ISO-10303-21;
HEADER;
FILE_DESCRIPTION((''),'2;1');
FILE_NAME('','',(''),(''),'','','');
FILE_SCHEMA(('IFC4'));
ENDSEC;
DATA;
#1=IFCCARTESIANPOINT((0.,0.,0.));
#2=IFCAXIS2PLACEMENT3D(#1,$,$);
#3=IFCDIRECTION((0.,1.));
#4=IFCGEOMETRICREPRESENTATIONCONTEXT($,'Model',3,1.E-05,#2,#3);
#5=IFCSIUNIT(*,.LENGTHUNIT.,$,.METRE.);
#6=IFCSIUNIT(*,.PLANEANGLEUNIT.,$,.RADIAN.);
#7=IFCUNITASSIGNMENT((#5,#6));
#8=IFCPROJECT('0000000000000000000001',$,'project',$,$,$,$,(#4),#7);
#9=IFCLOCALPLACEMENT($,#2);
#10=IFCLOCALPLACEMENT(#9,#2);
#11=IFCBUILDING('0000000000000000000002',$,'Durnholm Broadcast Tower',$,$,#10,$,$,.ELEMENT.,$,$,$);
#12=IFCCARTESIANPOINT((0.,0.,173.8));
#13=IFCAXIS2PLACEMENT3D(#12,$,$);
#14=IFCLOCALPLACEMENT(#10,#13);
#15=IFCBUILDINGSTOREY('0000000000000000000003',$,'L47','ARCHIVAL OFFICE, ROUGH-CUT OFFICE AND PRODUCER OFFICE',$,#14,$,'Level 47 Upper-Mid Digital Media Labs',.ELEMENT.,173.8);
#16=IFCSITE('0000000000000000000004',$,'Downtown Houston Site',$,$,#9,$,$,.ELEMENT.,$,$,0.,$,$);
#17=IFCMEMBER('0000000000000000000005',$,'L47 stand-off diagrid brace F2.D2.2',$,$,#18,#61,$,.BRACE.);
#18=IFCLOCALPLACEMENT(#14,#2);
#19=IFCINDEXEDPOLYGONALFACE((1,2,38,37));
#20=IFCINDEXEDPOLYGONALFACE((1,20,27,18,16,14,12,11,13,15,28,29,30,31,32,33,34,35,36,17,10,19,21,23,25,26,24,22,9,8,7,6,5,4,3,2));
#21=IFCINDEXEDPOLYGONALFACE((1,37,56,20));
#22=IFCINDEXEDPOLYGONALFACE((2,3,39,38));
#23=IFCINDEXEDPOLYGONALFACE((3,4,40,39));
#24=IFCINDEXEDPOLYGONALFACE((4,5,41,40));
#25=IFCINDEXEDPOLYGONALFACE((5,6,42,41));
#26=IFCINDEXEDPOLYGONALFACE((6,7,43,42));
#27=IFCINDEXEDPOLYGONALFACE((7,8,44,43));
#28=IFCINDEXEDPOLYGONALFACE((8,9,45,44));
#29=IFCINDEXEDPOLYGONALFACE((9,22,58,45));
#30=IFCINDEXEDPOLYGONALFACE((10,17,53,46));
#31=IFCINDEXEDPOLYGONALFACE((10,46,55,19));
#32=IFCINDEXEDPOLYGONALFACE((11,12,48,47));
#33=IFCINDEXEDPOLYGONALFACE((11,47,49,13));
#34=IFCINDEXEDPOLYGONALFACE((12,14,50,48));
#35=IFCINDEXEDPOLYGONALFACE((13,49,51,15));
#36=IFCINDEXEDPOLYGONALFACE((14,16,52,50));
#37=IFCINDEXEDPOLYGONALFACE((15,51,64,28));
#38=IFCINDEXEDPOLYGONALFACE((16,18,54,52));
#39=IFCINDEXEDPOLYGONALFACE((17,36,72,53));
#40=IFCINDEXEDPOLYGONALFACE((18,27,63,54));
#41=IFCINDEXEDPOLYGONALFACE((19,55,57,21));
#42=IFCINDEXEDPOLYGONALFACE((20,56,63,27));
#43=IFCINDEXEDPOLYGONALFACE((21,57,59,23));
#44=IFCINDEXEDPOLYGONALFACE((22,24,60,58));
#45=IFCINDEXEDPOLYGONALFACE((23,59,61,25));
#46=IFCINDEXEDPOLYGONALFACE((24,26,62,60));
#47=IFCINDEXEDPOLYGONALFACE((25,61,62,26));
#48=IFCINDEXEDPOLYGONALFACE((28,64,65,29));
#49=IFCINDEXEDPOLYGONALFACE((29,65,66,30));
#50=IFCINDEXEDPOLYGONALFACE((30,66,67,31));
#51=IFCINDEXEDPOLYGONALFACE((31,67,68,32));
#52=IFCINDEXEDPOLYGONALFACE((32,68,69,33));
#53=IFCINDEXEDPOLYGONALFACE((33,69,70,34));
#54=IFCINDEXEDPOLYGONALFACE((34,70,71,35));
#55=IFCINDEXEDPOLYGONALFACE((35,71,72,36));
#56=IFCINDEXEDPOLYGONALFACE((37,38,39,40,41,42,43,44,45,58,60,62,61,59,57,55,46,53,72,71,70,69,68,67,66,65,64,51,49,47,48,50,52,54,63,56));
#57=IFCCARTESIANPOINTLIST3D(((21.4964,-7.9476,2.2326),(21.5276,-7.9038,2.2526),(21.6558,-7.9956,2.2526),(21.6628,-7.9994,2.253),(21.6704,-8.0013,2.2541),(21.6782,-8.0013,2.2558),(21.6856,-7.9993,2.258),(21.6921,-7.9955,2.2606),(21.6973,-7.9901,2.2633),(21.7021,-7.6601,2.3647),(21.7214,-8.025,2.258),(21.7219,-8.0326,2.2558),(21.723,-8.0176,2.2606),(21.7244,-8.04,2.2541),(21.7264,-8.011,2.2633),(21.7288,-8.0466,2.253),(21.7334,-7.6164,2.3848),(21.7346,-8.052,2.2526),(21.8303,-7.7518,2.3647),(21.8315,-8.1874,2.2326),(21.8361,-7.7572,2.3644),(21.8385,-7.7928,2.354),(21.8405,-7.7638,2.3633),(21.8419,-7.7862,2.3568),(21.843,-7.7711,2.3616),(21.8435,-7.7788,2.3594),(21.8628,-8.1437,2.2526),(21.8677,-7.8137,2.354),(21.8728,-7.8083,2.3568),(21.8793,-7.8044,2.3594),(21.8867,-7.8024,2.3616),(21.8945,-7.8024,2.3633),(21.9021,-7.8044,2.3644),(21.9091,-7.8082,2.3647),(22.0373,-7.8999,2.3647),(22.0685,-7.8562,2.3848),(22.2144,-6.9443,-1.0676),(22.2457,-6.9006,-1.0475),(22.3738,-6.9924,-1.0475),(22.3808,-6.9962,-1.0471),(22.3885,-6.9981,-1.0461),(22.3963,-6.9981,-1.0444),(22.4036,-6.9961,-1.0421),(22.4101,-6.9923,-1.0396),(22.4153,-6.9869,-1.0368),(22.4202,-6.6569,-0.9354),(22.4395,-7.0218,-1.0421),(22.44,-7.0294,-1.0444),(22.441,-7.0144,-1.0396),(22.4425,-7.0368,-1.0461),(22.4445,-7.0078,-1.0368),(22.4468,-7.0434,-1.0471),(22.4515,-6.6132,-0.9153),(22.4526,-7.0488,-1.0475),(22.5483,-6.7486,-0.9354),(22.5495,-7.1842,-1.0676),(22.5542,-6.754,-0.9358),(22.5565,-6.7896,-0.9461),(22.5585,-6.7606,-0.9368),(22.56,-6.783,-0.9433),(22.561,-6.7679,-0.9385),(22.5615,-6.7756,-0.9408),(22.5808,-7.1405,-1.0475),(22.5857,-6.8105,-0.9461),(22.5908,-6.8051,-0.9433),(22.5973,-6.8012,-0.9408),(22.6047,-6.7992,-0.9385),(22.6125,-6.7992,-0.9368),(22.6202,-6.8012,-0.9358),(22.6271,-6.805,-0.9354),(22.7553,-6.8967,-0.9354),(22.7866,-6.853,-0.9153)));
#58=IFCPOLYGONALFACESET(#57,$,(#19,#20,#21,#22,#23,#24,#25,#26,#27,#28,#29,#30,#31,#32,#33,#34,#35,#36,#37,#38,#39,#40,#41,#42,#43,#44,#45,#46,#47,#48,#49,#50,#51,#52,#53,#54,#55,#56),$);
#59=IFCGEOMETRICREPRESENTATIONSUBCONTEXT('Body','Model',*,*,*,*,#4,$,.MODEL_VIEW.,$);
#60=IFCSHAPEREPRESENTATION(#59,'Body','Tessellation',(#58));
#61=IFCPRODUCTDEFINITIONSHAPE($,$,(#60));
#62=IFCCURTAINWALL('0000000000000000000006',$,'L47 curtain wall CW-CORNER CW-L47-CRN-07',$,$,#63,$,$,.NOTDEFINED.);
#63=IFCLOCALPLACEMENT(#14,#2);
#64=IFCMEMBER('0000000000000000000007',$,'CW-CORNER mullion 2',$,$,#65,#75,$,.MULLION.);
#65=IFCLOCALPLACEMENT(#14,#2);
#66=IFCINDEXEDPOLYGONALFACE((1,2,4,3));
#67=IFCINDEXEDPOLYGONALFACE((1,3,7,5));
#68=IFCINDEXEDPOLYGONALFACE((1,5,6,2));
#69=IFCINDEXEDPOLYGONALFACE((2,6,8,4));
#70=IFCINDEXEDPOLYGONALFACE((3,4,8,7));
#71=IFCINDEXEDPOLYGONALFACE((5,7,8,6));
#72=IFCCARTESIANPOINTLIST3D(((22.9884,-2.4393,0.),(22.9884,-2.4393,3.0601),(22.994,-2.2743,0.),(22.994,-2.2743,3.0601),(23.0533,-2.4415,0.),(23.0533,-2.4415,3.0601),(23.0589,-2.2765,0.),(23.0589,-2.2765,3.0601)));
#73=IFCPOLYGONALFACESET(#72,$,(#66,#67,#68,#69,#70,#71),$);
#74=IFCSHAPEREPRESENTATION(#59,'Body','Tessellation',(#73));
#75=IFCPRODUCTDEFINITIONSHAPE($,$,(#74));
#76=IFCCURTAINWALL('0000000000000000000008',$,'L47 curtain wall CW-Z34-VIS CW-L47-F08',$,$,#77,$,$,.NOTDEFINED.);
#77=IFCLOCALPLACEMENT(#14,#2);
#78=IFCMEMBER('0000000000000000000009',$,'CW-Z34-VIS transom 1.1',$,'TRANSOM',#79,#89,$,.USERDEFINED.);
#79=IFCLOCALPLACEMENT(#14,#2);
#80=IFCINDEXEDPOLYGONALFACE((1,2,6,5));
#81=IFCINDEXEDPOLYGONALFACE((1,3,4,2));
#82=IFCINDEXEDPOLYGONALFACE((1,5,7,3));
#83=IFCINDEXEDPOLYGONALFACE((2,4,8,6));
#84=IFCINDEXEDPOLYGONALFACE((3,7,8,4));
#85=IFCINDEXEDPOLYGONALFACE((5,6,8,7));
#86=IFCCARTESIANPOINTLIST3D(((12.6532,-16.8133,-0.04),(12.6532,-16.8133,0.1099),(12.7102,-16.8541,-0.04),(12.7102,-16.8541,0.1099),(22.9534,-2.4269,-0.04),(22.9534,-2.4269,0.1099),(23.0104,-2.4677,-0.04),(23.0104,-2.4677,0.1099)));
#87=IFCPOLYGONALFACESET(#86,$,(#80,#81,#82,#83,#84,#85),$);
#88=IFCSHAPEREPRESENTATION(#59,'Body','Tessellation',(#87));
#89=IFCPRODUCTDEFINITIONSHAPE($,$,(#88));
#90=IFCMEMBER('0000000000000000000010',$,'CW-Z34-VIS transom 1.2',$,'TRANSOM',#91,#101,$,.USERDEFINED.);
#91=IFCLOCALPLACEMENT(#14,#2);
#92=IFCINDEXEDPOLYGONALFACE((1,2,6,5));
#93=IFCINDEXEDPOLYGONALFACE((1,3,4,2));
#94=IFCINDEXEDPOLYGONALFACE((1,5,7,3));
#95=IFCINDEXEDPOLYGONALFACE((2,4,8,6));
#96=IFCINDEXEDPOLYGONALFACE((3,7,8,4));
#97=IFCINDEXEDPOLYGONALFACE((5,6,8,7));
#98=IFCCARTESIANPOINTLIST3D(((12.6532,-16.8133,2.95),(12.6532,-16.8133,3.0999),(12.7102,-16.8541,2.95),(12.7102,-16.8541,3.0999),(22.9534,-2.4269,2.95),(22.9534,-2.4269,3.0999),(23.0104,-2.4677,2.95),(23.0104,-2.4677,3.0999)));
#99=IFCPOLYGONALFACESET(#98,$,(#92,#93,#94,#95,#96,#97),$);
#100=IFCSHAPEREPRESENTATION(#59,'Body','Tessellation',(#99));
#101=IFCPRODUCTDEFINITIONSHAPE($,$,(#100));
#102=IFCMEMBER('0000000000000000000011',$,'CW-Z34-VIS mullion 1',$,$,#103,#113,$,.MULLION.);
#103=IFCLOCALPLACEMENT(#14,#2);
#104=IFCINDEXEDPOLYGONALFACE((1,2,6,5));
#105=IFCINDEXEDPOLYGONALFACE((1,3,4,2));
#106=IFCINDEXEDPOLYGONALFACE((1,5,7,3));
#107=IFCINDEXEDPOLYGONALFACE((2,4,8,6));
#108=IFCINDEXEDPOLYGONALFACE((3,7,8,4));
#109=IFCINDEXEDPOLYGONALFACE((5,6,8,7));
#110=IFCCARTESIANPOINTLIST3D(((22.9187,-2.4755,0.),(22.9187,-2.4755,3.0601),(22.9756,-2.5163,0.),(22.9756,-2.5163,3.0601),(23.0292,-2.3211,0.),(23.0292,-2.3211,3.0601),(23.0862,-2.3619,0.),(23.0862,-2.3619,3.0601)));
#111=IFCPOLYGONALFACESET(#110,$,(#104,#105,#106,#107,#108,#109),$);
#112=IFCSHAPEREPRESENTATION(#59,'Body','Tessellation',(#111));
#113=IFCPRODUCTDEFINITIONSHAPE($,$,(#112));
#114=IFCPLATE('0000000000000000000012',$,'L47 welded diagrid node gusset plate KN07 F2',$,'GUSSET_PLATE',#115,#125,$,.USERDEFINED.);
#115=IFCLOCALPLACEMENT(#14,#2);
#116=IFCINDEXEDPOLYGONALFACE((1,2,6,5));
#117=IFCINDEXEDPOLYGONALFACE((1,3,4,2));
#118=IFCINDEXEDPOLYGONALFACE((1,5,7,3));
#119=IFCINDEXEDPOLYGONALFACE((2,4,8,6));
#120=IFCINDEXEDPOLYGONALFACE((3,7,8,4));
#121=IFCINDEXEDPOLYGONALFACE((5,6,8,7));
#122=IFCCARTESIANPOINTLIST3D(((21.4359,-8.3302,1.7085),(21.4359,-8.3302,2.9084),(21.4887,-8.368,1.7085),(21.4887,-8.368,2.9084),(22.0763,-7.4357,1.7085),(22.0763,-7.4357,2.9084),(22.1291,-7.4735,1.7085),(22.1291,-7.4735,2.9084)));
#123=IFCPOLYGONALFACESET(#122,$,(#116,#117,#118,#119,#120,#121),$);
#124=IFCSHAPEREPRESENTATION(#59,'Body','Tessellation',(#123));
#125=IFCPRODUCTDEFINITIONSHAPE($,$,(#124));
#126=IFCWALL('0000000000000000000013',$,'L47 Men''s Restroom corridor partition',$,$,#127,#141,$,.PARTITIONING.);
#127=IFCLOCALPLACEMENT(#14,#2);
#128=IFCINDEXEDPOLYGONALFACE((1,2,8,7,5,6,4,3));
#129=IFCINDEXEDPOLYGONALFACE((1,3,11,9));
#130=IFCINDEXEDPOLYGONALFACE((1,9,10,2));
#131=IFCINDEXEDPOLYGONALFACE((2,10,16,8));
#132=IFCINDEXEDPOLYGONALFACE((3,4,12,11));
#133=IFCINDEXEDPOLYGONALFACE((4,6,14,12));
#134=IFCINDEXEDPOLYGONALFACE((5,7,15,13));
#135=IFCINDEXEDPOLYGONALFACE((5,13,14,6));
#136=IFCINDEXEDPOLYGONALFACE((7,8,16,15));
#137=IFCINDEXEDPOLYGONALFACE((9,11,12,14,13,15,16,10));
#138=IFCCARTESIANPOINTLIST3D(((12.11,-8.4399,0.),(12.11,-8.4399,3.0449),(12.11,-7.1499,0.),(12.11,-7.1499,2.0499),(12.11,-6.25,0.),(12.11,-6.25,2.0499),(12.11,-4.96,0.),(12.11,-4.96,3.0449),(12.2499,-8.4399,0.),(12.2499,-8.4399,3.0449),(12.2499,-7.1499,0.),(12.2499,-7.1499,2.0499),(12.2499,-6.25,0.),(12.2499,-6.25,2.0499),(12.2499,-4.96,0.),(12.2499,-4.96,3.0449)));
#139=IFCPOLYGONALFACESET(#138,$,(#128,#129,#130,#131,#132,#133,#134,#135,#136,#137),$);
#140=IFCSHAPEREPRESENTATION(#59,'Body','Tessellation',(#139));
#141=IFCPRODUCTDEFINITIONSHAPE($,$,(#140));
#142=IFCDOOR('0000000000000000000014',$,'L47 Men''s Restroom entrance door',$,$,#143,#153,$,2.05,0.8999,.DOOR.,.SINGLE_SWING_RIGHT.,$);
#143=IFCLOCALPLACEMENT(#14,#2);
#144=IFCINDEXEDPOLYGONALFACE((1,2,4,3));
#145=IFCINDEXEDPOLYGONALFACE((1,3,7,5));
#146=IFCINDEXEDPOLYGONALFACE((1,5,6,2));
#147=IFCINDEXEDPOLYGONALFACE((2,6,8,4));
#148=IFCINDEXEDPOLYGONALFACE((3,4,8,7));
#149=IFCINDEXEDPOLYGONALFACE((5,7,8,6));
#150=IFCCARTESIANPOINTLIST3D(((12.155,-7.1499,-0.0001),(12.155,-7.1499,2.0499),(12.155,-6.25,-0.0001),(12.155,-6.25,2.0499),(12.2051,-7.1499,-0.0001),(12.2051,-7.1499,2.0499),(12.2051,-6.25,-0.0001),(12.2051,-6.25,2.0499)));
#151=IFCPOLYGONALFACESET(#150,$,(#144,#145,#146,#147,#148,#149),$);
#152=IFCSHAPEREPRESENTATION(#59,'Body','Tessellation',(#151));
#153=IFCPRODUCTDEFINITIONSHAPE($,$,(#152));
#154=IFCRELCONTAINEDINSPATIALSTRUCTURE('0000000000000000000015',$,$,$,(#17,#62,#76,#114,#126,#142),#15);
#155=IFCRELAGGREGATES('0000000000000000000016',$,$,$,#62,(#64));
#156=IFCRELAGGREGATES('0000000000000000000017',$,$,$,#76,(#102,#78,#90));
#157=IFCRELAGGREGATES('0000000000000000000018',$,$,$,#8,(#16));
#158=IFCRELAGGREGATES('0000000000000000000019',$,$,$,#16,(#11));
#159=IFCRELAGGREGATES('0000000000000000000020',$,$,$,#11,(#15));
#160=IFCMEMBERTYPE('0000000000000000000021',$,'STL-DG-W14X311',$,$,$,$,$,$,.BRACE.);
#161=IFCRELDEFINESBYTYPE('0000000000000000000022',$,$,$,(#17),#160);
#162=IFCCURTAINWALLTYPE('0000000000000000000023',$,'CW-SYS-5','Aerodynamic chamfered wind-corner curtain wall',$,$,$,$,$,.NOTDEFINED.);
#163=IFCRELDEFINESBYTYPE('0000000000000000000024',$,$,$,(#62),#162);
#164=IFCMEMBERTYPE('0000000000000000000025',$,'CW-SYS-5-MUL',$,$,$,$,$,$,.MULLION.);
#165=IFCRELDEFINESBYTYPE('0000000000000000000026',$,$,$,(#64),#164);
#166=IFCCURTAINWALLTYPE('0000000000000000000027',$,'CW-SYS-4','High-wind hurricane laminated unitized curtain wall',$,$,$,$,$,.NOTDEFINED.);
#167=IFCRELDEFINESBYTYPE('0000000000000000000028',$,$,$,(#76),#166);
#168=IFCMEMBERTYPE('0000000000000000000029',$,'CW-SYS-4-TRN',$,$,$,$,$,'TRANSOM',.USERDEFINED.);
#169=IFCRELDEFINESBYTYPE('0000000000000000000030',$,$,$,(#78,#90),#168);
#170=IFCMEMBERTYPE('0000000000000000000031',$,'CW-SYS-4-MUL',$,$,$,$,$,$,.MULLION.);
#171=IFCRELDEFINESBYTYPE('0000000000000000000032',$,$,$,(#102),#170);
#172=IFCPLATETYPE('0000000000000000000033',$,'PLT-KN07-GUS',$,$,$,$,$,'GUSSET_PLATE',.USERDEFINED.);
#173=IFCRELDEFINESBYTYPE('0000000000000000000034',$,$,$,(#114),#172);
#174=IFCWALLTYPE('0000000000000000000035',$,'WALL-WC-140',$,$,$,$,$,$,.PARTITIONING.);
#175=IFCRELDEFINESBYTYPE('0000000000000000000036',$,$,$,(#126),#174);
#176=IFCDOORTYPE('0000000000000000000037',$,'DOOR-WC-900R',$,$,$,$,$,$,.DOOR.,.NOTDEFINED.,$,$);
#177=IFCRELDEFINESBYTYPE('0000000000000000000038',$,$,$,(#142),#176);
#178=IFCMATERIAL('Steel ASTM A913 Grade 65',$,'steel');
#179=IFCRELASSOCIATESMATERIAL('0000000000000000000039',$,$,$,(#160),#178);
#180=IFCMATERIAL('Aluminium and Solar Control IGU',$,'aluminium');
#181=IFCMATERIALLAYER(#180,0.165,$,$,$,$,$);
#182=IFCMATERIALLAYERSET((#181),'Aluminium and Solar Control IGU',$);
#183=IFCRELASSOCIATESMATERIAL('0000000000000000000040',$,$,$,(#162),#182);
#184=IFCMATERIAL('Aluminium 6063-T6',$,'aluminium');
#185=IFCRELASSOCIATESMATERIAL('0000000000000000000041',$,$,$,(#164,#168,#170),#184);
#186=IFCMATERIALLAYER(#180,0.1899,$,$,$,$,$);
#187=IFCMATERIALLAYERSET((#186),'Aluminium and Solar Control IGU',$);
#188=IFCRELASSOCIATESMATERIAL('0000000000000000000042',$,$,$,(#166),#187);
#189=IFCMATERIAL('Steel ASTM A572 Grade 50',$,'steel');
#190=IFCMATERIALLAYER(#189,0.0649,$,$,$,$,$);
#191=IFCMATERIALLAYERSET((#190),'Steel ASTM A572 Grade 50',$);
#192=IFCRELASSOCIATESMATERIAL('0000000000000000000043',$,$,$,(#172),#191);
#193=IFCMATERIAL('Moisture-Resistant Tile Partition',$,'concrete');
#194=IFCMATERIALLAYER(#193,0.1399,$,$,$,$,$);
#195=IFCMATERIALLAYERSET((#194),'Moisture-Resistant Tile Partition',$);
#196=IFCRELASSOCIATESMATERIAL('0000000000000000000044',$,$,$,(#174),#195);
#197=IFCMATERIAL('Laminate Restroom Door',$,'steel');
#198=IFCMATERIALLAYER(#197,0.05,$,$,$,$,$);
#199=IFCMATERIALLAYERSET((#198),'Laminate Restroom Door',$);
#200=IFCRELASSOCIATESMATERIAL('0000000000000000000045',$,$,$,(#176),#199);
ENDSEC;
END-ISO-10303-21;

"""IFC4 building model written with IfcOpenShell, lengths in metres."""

from ifc_helpers import new_model, si_unit, direction, frame, frame_2d, origin, origin_2d, place, context, subcontext, project, spatial, rectangle, i_section, extrude, source, transform, mapped, material, layer, layer_set, material_profile, profile_set, type_object, type_shapes, element, fill, aggregate, save


model = new_model("IFC4")

# Units and contexts
model_context = context("Model", 3, precision=1e-05, world=origin(), true_north=direction((0.0, 1.0)))
body_context = subcontext(model_context, "Body", "Model", "MODEL_VIEW")
ifc_project = project(units=[si_unit("LENGTHUNIT", "METRE"), si_unit("PLANEANGLEUNIT", "RADIAN")], contexts=[model_context])

# Site, building, storey
site_placement = place(None, origin())
site = spatial("IfcSite", under=ifc_project, at=site_placement, Name="Downtown Houston Site", CompositionType="ELEMENT", RefElevation=0.0)
building_placement = place(site_placement, origin())
building = spatial("IfcBuilding", under=site, at=building_placement, Name="Durnholm Broadcast Tower", CompositionType="ELEMENT")
storey_placement = place(building_placement, frame((0.0, 0.0, 173.8)))
storey = spatial("IfcBuildingStorey", under=building, at=storey_placement, Name="L47", Description="ARCHIVAL OFFICE, ROUGH-CUT OFFICE AND PRODUCER OFFICE", LongName="Level 47 Upper-Mid Digital Media Labs", CompositionType="ELEMENT", Elevation=173.8)

# Member
ifc_material_1 = material(Name="Steel ASTM A913 Grade 65", Category="steel")
ifc_material_profile_1 = material_profile(ifc_material_1, i_section(OverallWidth=0.4121, OverallDepth=0.4348, WebThickness=0.0359, FlangeThickness=0.0574, FilletRadius=0.0305, at=origin_2d()), Name="W14X311")
ifc_profile_set_1 = profile_set([ifc_material_profile_1], Name="Steel ASTM A913 Grade 65")
member_type_1 = type_object("IfcMemberType", Name="STL-DG-W14X311", PredefinedType="BRACE", material=ifc_profile_set_1)
shared_shape_1 = source(origin(), body_context, "Body", "SweptSolid", [
    extrude(i_section(OverallWidth=0.4121, OverallDepth=0.4348, WebThickness=0.0359, FlangeThickness=0.0574, FilletRadius=0.0305, at=origin_2d()), origin(), (0.0, 0.0, 1.0), 3.5232),
])
type_shapes(member_type_1, [shared_shape_1])
for number, where, z_axis, x_axis, name in (
    (1, (22.5005, -6.8987, -0.9915), (-0.203803, -0.284742, 0.936689), (0.813171, -0.582024, 0.0), "L47 stand-off diagrid brace F2.D2.2"),
):
    element("IfcMember", number, at=place(storey_placement, frame(where, z_axis=z_axis, x_axis=x_axis)), inside=storey, type_object=member_type_1, Name=name, PredefinedType="BRACE", context=body_context, shape_type="MappedRepresentation", body=[
        mapped(shared_shape_1, transform((0.0, 0.0, 0.0), x_axis=(1.0, 0.0, 0.0), y_axis=(0.0, 1.0, 0.0), z_axis=(0.0, 0.0, 1.0), scale=1.0)),
    ])

# Curtain wall, member
ifc_material_2 = material(Name="Aluminium and Solar Control IGU", Category="aluminium")
ifc_layer_1 = layer(ifc_material_2, 0.165)
ifc_layer_set_1 = layer_set([ifc_layer_1], Name="Aluminium and Solar Control IGU")
curtain_wall_type_1 = type_object("IfcCurtainWallType", Name="CW-SYS-5", Description="Aerodynamic chamfered wind-corner curtain wall", PredefinedType="NOTDEFINED", material=ifc_layer_set_1)
curtain_wall_1_placement = place(storey_placement, origin())
curtain_wall_1 = element("IfcCurtainWall", 2, at=curtain_wall_1_placement, inside=storey, type_object=curtain_wall_type_1, Name="L47 curtain wall CW-CORNER CW-L47-CRN-07", PredefinedType="NOTDEFINED")
ifc_material_3 = material(Name="Aluminium 6063-T6", Category="aluminium")
ifc_material_profile_2 = material_profile(ifc_material_3, rectangle(XDim=0.0649, YDim=0.165, at=origin_2d()), Name="CWM65X165")
ifc_profile_set_2 = profile_set([ifc_material_profile_2], Name="Aluminium 6063-T6")
member_type_2 = type_object("IfcMemberType", Name="CW-SYS-5-MUL", PredefinedType="MULLION", material=ifc_profile_set_2)
shared_shape_2 = source(origin(), body_context, "Body", "SweptSolid", [
    extrude(rectangle(XDim=0.0649, YDim=0.165, at=origin_2d()), origin(), (0.0, 0.0, 1.0), 3.0601),
])
type_shapes(member_type_2, [shared_shape_2])
member_1_placement = place(storey_placement, frame((23.0237, -2.3579, 0.0), z_axis=(0.0, 0.0, 1.0), x_axis=(0.999425, -0.033913, 0.0)))
member_1 = element("IfcMember", 3, at=member_1_placement, type_object=member_type_2, Name="CW-CORNER mullion 2", PredefinedType="MULLION", context=body_context, shape_type="MappedRepresentation", body=[
    mapped(shared_shape_2, transform((0.0, 0.0, 0.0), x_axis=(1.0, 0.0, 0.0), y_axis=(0.0, 1.0, 0.0), z_axis=(0.0, 0.0, 1.0), scale=1.0)),
])
aggregate(curtain_wall_1, [member_1])

# Curtain wall, members
ifc_layer_2 = layer(ifc_material_2, 0.1899)
ifc_layer_set_2 = layer_set([ifc_layer_2], Name="Aluminium and Solar Control IGU")
curtain_wall_type_2 = type_object("IfcCurtainWallType", Name="CW-SYS-4", Description="High-wind hurricane laminated unitized curtain wall", PredefinedType="NOTDEFINED", material=ifc_layer_set_2)
curtain_wall_2_placement = place(storey_placement, origin())
curtain_wall_2 = element("IfcCurtainWall", 4, at=curtain_wall_2_placement, inside=storey, type_object=curtain_wall_type_2, Name="L47 curtain wall CW-Z34-VIS CW-L47-F08", PredefinedType="NOTDEFINED")
ifc_material_profile_3 = material_profile(ifc_material_3, rectangle(XDim=0.0701, YDim=0.1499, at=origin_2d()), Name="CWT70X150")
ifc_profile_set_3 = profile_set([ifc_material_profile_3], Name="Aluminium 6063-T6")
member_type_3 = type_object("IfcMemberType", Name="CW-SYS-4-TRN", ElementType="TRANSOM", PredefinedType="USERDEFINED", material=ifc_profile_set_3)
shared_shape_3 = source(origin(), body_context, "Body", "SweptSolid", [
    extrude(rectangle(XDim=0.0701, YDim=0.1499, at=origin_2d()), origin(), (0.0, 0.0, 1.0), 17.6936),
])
type_shapes(member_type_3, [shared_shape_3])
member_2_placement = place(storey_placement, frame((22.9819, -2.4473, 0.0349), z_axis=(-0.582145, -0.813085, 0.0), x_axis=(0.813085, -0.582145, 0.0)))
member_2 = element("IfcMember", 5, at=member_2_placement, type_object=member_type_3, Name="CW-Z34-VIS transom 1.1", ObjectType="TRANSOM", PredefinedType="USERDEFINED", context=body_context, shape_type="MappedRepresentation", body=[
    mapped(shared_shape_3, transform((0.0, 0.0, 0.0), x_axis=(1.0, 0.0, 0.0), y_axis=(0.0, 1.0, 0.0), z_axis=(0.0, 0.0, 1.0), scale=1.0)),
])
member_3_placement = place(storey_placement, frame((22.9819, -2.4473, 3.0249), z_axis=(-0.582145, -0.813085, 0.0), x_axis=(0.813085, -0.582145, 0.0)))
member_3 = element("IfcMember", 6, at=member_3_placement, type_object=member_type_3, Name="CW-Z34-VIS transom 1.2", ObjectType="TRANSOM", PredefinedType="USERDEFINED", context=body_context, shape_type="MappedRepresentation", body=[
    mapped(shared_shape_3, transform((0.0, 0.0, 0.0), x_axis=(1.0, 0.0, 0.0), y_axis=(0.0, 1.0, 0.0), z_axis=(0.0, 0.0, 1.0), scale=1.0)),
])
ifc_material_profile_4 = material_profile(ifc_material_3, rectangle(XDim=0.0701, YDim=0.1899, at=origin_2d()), Name="CWM70X190")
ifc_profile_set_4 = profile_set([ifc_material_profile_4], Name="Aluminium 6063-T6")
member_type_4 = type_object("IfcMemberType", Name="CW-SYS-4-MUL", PredefinedType="MULLION", material=ifc_profile_set_4)
shared_shape_4 = source(origin(), body_context, "Body", "SweptSolid", [
    extrude(rectangle(XDim=0.0701, YDim=0.1899, at=origin_2d()), origin(), (0.0, 0.0, 1.0), 3.0601),
])
type_shapes(member_type_4, [shared_shape_4])
member_4_placement = place(storey_placement, frame((23.0024, -2.4187, 0.0), z_axis=(0.0, 0.0, 1.0), x_axis=(0.813089, -0.582139, 0.0)))
member_4 = element("IfcMember", 7, at=member_4_placement, type_object=member_type_4, Name="CW-Z34-VIS mullion 1", PredefinedType="MULLION", context=body_context, shape_type="MappedRepresentation", body=[
    mapped(shared_shape_4, transform((0.0, 0.0, 0.0), x_axis=(1.0, 0.0, 0.0), y_axis=(0.0, 1.0, 0.0), z_axis=(0.0, 0.0, 1.0), scale=1.0)),
])
aggregate(curtain_wall_2, [member_4, member_2, member_3])

# Plate
ifc_material_4 = material(Name="Steel ASTM A572 Grade 50", Category="steel")
ifc_layer_3 = layer(ifc_material_4, 0.0649)
ifc_layer_set_3 = layer_set([ifc_layer_3], Name="Steel ASTM A572 Grade 50")
plate_type = type_object("IfcPlateType", Name="PLT-KN07-GUS", ElementType="GUSSET_PLATE", PredefinedType="USERDEFINED", material=ifc_layer_set_3)
shared_shape_5 = source(origin(), body_context, "Body", "SweptSolid", [
    extrude(rectangle(XDim=1.1001, YDim=0.0649, at=origin_2d()), origin(), (0.0, 0.0, 1.0), 1.2),
])
type_shapes(plate_type, [shared_shape_5])
plate_placement = place(storey_placement, frame((21.7825, -7.9019, 1.7085), z_axis=(0.0, 0.0, 1.0), x_axis=(0.582123, 0.813101, 0.0)))
element("IfcPlate", 8, at=plate_placement, inside=storey, type_object=plate_type, Name="L47 welded diagrid node gusset plate KN07 F2", ObjectType="GUSSET_PLATE", PredefinedType="USERDEFINED", context=body_context, shape_type="MappedRepresentation", body=[
    mapped(shared_shape_5, transform((0.0, 0.0, 0.0), x_axis=(1.0, 0.0, 0.0), y_axis=(0.0, 1.0, 0.0), z_axis=(0.0, 0.0, 1.0), scale=1.0)),
])

# Wall, opening, door
ifc_material_5 = material(Name="Moisture-Resistant Tile Partition", Category="concrete")
ifc_layer_4 = layer(ifc_material_5, 0.1399)
ifc_layer_set_4 = layer_set([ifc_layer_4], Name="Moisture-Resistant Tile Partition")
wall_type = type_object("IfcWallType", Name="WALL-WC-140", PredefinedType="PARTITIONING", material=ifc_layer_set_4)
wall_1_placement = place(storey_placement, frame((12.1799, -8.4399, 0.0), z_axis=(0.0, 0.0, 1.0), x_axis=(0.0, 1.0, 0.0)))
wall_1 = element("IfcWall", 9, at=wall_1_placement, inside=storey, type_object=wall_type, Name="L47 Men's Restroom corridor partition", PredefinedType="PARTITIONING", context=body_context, shape_type="SweptSolid", body=[
    extrude(rectangle(XDim=3.48, YDim=0.1399, at=frame_2d((1.74, 0.0))), origin(), (0.0, 0.0, 1.0), 3.0449),
])
opening_1_placement = place(wall_1_placement, frame((1.29, 0.0, 0.0)))
opening_1 = element("IfcOpeningElement", 10, at=opening_1_placement, cuts=wall_1, PredefinedType="OPENING", context=body_context, shape_type="SweptSolid", body=[
    extrude(rectangle(XDim=0.8999, YDim=2.05, at=frame_2d((0.45, 1.0249))), frame((0.0, 0.0801, 0.0), z_axis=(0.0, -1.0, 0.0), x_axis=(1.0, 0.0, 0.0)), (0.0, 0.0, 1.0), 0.1599),
])
ifc_material_6 = material(Name="Laminate Restroom Door", Category="steel")
ifc_layer_5 = layer(ifc_material_6, 0.05)
ifc_layer_set_5 = layer_set([ifc_layer_5], Name="Laminate Restroom Door")
door_type_1 = type_object("IfcDoorType", Name="DOOR-WC-900R", OperationType="NOTDEFINED", PredefinedType="DOOR", material=ifc_layer_set_5)
shared_shape_6 = source(origin(), body_context, "Body", "SweptSolid", [
    extrude(rectangle(XDim=0.8999, YDim=2.05, at=frame_2d((0.45, 1.0249))), frame((0.0, 0.0249, 0.0), z_axis=(0.0, -1.0, 0.0), x_axis=(1.0, 0.0, 0.0)), (0.0, 0.0, 1.0), 0.05),
])
type_shapes(door_type_1, [shared_shape_6])
door_1_placement = place(opening_1_placement, origin())
door_1 = element("IfcDoor", 11, at=door_1_placement, inside=storey, type_object=door_type_1, Name="L47 Men's Restroom entrance door", OperationType="SINGLE_SWING_RIGHT", OverallHeight=2.05, OverallWidth=0.8999, PredefinedType="DOOR", context=body_context, shape_type="MappedRepresentation", body=[
    mapped(shared_shape_6, transform((0.0, 0.0, 0.0), x_axis=(1.0, 0.0, 0.0), y_axis=(0.0, 1.0, 0.0), z_axis=(0.0, 0.0, 1.0), scale=1.0)),
])
fill(opening_1, door_1)

save(model, "model.ifc")
